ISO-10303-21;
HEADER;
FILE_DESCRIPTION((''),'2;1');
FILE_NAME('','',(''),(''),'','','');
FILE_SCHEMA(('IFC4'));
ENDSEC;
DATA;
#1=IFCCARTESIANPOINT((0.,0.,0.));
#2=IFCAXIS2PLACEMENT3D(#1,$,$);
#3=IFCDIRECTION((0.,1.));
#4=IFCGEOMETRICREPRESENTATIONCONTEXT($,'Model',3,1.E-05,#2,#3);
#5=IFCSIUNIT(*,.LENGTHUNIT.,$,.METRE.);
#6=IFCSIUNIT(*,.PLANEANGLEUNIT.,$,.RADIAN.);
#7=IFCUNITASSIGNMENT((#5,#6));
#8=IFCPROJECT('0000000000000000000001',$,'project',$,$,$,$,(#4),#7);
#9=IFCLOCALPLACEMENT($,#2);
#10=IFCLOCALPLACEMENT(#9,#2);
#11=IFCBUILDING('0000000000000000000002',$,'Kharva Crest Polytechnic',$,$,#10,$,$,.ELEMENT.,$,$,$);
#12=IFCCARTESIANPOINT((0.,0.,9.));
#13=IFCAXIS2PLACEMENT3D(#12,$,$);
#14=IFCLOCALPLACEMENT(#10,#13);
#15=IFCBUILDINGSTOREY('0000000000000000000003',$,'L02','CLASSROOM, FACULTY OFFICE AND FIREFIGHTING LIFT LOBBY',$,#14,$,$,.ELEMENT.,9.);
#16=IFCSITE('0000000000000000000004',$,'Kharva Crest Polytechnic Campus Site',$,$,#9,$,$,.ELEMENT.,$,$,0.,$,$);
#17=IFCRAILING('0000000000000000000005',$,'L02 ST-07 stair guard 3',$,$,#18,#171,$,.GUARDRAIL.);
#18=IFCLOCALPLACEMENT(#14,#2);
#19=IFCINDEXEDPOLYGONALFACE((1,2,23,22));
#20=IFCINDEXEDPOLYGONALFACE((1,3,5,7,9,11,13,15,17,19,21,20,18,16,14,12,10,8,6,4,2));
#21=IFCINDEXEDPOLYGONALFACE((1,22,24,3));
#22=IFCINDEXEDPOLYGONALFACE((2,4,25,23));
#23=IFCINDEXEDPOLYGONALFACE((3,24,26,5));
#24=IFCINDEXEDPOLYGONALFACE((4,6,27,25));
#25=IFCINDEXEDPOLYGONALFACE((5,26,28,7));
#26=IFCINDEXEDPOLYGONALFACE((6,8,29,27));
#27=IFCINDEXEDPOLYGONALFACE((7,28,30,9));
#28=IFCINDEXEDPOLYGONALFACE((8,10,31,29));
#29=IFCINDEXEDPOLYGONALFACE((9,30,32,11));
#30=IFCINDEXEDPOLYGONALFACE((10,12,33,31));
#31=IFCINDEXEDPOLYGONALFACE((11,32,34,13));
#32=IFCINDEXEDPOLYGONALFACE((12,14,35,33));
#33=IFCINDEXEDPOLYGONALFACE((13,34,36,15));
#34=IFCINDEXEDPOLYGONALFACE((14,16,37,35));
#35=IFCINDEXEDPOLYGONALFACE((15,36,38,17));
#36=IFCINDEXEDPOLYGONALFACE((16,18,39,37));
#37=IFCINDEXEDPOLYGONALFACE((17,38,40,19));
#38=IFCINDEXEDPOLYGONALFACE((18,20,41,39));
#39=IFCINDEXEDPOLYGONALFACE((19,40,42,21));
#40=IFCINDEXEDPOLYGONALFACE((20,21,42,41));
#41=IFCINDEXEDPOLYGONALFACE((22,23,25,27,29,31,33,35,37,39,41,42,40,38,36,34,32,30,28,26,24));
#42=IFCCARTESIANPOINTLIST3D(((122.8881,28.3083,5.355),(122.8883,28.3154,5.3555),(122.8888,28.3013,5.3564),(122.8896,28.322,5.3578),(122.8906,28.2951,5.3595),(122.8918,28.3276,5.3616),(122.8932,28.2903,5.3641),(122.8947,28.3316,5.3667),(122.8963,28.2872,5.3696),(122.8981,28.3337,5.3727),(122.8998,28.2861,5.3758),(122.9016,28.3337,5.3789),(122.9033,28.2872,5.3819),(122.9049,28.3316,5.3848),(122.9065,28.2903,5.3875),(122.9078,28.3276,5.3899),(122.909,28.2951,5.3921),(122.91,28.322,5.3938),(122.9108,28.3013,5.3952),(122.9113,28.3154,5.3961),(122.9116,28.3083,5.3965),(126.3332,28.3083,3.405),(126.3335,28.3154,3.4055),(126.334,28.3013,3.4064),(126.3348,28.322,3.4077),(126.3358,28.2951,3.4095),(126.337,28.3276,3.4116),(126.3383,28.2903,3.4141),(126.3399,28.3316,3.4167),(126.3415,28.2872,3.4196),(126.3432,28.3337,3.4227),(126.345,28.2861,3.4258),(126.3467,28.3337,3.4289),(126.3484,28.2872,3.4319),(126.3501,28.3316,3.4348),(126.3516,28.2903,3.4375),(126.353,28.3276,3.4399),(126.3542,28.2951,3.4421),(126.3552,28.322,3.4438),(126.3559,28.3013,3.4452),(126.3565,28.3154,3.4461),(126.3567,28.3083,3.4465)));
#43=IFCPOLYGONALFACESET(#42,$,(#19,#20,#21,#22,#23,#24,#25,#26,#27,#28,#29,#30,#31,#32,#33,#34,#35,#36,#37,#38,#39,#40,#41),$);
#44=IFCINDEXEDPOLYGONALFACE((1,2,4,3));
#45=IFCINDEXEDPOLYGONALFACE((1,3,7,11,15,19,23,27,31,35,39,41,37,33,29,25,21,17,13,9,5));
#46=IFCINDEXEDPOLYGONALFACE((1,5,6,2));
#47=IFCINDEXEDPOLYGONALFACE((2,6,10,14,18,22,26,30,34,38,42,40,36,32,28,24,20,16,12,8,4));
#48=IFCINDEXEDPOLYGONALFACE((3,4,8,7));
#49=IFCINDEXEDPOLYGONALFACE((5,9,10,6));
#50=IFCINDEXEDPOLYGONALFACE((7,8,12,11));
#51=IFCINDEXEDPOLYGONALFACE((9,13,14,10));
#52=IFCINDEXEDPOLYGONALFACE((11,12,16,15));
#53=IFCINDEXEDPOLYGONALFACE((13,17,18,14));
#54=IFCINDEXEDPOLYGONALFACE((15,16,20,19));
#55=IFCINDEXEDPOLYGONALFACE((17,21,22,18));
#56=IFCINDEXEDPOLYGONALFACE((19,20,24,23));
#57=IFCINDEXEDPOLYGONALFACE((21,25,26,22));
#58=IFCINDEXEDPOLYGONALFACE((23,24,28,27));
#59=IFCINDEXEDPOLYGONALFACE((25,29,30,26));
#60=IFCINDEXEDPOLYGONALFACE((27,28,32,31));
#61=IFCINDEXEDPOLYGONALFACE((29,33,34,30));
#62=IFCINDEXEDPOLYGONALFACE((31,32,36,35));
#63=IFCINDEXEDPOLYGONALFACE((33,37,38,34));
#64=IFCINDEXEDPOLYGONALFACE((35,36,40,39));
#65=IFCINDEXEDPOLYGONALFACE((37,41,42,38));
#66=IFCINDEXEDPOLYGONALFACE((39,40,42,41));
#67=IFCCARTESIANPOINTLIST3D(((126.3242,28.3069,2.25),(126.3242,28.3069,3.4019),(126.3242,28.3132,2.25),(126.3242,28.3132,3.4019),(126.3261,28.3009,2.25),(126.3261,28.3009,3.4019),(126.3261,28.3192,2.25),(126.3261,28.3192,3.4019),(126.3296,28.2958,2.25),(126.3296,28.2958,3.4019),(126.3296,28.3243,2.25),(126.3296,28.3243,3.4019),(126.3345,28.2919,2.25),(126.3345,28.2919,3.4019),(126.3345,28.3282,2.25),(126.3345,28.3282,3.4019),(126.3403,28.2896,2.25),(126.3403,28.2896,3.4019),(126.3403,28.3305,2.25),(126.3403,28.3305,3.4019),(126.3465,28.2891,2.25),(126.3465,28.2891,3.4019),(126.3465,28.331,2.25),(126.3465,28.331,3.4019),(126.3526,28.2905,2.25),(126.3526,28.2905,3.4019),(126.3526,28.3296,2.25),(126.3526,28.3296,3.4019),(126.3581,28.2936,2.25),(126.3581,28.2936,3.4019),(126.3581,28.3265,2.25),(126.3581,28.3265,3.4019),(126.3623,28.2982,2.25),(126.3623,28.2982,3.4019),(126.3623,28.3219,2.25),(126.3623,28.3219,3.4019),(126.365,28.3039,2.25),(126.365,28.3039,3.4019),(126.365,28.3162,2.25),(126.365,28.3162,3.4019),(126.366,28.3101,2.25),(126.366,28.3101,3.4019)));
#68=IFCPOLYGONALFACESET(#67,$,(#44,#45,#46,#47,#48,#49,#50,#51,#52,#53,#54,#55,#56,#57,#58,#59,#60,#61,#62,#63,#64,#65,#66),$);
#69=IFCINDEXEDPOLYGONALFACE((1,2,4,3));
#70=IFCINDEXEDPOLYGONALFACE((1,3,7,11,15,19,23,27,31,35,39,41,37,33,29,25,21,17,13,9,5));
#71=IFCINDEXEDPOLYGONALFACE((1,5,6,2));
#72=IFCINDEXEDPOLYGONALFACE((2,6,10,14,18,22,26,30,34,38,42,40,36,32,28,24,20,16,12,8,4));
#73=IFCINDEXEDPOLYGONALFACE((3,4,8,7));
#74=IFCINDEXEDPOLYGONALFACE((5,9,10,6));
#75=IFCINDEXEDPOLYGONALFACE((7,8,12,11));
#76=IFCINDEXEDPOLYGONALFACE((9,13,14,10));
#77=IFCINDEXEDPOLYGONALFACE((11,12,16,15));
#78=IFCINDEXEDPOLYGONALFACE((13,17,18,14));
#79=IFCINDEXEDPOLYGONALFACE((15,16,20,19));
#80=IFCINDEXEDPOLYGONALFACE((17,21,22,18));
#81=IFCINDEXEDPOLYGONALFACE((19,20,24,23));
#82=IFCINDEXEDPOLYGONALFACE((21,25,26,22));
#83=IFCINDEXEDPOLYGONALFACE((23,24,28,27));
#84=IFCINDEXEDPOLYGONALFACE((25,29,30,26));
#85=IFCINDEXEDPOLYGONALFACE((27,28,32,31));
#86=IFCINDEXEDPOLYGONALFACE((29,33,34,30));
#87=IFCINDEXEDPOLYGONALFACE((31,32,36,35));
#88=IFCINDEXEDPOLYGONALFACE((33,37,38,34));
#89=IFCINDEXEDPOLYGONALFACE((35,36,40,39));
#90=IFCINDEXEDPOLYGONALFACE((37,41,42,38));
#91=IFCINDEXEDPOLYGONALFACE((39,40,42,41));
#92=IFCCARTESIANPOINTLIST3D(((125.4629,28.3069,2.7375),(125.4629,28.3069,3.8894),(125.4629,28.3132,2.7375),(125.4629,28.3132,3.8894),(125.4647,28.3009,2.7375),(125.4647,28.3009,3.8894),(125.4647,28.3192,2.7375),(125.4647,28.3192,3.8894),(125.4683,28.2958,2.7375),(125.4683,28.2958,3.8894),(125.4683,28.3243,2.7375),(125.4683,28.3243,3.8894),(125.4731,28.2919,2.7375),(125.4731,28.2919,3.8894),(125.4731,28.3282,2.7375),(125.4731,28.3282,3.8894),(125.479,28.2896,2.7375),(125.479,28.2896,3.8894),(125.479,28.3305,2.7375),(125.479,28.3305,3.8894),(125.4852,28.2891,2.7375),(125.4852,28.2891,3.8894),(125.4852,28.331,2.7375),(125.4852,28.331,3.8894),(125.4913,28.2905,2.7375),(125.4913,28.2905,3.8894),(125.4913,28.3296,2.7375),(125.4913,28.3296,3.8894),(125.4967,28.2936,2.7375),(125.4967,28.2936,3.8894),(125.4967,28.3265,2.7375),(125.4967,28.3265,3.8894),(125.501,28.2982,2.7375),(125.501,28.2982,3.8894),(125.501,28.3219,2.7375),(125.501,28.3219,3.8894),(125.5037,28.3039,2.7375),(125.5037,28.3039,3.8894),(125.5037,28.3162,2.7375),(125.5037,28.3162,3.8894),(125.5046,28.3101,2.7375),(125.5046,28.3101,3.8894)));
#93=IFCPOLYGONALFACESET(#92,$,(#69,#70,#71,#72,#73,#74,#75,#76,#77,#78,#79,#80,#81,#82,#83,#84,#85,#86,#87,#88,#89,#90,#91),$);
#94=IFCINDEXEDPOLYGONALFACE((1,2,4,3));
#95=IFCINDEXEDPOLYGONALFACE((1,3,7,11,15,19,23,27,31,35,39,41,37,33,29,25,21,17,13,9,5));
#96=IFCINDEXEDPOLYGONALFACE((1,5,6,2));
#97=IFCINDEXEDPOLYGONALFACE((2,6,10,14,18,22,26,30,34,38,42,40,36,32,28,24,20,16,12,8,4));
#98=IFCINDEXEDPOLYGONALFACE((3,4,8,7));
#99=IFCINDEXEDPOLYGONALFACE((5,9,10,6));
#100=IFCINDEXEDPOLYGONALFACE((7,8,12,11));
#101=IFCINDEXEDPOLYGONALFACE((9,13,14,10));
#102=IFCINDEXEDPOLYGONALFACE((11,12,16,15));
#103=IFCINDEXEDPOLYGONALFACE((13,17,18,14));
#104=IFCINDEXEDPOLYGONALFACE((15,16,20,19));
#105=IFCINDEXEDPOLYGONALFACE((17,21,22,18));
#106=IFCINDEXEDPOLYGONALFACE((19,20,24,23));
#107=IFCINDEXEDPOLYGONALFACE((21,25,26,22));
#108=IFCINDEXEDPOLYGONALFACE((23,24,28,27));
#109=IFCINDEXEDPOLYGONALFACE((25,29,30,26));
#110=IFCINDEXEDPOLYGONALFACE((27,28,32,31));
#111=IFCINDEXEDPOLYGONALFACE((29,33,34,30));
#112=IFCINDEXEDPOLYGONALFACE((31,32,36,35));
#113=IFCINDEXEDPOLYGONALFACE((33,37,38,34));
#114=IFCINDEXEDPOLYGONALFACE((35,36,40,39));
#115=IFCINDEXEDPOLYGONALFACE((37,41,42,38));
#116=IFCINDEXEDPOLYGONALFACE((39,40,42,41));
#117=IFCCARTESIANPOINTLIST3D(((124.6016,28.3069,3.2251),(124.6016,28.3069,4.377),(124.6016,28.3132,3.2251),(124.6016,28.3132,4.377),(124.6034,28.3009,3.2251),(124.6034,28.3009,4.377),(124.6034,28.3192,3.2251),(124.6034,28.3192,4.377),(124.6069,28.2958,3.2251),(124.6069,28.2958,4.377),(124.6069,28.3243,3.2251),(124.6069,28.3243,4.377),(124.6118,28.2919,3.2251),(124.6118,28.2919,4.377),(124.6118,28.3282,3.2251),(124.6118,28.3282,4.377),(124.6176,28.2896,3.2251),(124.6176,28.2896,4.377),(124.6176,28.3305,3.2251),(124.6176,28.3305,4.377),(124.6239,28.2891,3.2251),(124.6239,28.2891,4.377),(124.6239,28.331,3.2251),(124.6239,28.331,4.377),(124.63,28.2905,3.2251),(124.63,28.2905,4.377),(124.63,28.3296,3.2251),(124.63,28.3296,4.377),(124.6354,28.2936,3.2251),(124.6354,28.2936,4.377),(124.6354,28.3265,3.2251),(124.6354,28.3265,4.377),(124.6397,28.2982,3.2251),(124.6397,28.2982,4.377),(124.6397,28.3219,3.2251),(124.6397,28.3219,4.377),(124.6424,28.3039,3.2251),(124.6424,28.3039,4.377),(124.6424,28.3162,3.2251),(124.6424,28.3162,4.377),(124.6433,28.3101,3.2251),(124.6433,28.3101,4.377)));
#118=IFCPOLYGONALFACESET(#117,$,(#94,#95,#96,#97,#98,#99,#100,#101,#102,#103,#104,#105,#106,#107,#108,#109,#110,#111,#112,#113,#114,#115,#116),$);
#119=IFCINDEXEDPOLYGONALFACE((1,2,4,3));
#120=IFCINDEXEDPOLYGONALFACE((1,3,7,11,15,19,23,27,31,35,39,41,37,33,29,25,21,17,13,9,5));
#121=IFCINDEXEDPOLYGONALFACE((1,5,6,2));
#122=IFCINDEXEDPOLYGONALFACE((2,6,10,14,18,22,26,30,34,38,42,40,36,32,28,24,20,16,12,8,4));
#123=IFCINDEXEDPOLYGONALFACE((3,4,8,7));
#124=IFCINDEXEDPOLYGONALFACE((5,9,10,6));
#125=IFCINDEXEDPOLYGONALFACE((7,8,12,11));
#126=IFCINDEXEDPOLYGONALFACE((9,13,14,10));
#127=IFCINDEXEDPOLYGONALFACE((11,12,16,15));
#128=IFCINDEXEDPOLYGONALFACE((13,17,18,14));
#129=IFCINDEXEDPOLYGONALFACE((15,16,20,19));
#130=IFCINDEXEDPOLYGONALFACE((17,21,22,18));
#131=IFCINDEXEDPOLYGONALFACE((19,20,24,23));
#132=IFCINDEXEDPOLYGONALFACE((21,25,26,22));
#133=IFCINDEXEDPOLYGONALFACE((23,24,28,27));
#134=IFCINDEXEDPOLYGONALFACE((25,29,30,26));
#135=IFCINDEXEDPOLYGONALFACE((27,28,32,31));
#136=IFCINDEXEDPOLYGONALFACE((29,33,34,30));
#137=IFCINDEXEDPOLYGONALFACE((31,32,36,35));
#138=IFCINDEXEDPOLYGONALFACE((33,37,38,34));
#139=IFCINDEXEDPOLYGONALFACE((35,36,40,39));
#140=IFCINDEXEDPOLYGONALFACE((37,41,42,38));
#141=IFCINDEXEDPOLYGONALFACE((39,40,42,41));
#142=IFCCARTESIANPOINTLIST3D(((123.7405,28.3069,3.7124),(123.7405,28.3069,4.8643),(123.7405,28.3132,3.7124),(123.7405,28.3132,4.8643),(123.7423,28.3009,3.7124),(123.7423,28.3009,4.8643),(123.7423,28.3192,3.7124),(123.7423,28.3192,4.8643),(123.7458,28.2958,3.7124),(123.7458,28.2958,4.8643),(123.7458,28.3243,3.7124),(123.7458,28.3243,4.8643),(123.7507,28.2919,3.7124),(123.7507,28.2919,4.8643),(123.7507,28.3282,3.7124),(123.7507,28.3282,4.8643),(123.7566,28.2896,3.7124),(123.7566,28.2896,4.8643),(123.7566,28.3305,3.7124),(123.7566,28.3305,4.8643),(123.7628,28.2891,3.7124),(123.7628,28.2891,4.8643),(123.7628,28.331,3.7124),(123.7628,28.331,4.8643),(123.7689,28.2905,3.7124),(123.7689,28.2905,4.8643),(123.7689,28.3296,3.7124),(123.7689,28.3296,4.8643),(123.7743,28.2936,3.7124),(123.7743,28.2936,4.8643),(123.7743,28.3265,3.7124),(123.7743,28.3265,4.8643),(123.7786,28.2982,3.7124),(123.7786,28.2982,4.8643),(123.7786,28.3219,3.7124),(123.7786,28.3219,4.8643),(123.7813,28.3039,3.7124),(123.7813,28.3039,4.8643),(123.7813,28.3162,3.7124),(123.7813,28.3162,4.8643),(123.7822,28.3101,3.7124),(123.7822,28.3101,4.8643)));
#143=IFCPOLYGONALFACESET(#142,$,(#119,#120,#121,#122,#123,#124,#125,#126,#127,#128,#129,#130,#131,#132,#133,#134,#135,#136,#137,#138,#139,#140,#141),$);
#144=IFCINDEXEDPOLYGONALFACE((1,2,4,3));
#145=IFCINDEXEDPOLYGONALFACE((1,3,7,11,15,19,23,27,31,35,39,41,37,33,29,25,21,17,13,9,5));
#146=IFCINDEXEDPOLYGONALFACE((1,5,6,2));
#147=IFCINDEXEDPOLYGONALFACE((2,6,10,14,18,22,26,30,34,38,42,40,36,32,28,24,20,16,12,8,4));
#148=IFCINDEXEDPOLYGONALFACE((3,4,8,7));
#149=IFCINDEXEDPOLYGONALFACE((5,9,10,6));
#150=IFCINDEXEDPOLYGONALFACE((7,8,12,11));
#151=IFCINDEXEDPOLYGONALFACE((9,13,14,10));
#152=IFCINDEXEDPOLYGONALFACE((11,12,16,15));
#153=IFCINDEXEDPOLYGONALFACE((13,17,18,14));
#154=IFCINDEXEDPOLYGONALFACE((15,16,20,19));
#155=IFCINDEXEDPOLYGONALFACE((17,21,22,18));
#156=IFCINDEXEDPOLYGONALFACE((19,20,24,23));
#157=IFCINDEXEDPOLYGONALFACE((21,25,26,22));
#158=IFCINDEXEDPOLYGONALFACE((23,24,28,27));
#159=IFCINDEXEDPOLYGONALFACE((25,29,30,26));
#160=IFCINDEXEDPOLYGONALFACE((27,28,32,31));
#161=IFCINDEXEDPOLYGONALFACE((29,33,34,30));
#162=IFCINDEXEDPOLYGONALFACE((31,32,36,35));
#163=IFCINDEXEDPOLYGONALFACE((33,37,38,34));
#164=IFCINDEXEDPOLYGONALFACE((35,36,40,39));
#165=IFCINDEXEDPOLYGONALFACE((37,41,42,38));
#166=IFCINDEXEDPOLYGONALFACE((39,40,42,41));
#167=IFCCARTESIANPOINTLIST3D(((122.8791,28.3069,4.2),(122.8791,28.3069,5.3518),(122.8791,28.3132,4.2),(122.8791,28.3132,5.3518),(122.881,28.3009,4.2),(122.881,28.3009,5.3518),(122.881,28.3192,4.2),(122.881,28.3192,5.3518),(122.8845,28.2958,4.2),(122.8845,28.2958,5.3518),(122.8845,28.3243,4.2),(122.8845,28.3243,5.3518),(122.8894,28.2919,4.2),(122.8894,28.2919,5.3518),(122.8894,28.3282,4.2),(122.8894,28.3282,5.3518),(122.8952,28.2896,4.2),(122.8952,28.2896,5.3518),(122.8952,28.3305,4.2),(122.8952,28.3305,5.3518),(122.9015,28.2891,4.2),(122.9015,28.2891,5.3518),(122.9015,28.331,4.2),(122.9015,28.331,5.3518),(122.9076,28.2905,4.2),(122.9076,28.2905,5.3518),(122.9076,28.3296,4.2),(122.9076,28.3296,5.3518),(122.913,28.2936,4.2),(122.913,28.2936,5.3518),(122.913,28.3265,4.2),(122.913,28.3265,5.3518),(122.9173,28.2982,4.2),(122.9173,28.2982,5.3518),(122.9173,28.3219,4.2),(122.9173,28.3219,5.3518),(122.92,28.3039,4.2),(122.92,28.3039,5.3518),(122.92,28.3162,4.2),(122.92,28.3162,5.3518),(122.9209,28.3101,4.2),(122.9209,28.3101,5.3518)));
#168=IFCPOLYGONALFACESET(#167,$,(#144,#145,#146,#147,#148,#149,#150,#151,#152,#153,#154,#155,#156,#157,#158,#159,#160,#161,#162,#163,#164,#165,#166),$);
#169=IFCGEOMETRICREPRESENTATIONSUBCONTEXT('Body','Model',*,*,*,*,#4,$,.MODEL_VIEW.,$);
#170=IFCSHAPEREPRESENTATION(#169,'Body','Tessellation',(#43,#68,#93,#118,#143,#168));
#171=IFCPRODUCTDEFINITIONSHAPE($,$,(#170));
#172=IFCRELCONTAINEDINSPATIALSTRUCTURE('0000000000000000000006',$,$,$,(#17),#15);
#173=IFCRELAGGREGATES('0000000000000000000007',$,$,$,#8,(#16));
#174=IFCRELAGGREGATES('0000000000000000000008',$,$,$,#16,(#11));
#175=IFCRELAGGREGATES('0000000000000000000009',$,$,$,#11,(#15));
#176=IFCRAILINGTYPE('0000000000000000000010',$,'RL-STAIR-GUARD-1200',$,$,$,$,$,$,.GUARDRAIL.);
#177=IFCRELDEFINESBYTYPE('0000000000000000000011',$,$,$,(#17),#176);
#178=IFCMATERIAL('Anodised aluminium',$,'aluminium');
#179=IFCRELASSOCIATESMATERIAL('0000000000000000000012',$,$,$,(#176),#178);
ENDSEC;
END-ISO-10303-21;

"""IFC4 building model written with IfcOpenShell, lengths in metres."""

from ifc_helpers import new_model, si_unit, direction, frame, origin, origin_2d, place, context, subcontext, project, spatial, circle, extrude, material, type_object, element, save


model = new_model("IFC4")

# Units and contexts
model_context = context("Model", 3, precision=1e-05, world=origin(), true_north=direction((0.0, 1.0)))
body_context = subcontext(model_context, "Body", "Model", "MODEL_VIEW")
ifc_project = project(units=[si_unit("LENGTHUNIT", "METRE"), si_unit("PLANEANGLEUNIT", "RADIAN")], contexts=[model_context])

# Site, building, storey
site_placement = place(None, origin())
site = spatial("IfcSite", under=ifc_project, at=site_placement, Name="Kharva Crest Polytechnic Campus Site", CompositionType="ELEMENT", RefElevation=0.0)
building_placement = place(site_placement, origin())
building = spatial("IfcBuilding", under=site, at=building_placement, Name="Kharva Crest Polytechnic", CompositionType="ELEMENT")
storey_placement = place(building_placement, frame((0.0, 0.0, 9.0)))
storey = spatial("IfcBuildingStorey", under=building, at=storey_placement, Name="L02", Description="CLASSROOM, FACULTY OFFICE AND FIREFIGHTING LIFT LOBBY", CompositionType="ELEMENT", Elevation=9.0)

# Railing
ifc_material_1 = material(Name="Anodised aluminium", Category="aluminium")
railing_type_1 = type_object("IfcRailingType", Name="RL-STAIR-GUARD-1200", PredefinedType="GUARDRAIL", material=ifc_material_1)
railing_1_placement = place(storey_placement, frame((126.345, 28.3101, 2.25)))
element("IfcRailing", 1, at=railing_1_placement, inside=storey, type_object=railing_type_1, Name="L02 ST-07 stair guard 3", PredefinedType="GUARDRAIL", context=body_context, shape_type="SweptSolid", body=[
    extrude(circle(Radius=0.0239, at=origin_2d()), frame((0.0, 0.0, 1.1758), z_axis=(-0.870266, 0.0, 0.492581), x_axis=(0.0, -1.0, 0.0)), (0.0, 0.0, 1.0), 3.9587),
    extrude(circle(Radius=0.021, at=origin_2d()), origin(), (0.0, 0.0, 1.0), 1.1519),
    extrude(circle(Radius=0.021, at=origin_2d()), frame((-0.8613, 0.0, 0.4875)), (0.0, 0.0, 1.0), 1.1519),
    extrude(circle(Radius=0.021, at=origin_2d()), frame((-1.7227, 0.0, 0.9751)), (0.0, 0.0, 1.0), 1.1519),
    extrude(circle(Radius=0.021, at=origin_2d()), frame((-2.5837, 0.0, 1.4624)), (0.0, 0.0, 1.0), 1.1519),
    extrude(circle(Radius=0.021, at=origin_2d()), frame((-3.4451, 0.0, 1.95)), (0.0, 0.0, 1.0), 1.1519),
])

save(model, "model.ifc")
